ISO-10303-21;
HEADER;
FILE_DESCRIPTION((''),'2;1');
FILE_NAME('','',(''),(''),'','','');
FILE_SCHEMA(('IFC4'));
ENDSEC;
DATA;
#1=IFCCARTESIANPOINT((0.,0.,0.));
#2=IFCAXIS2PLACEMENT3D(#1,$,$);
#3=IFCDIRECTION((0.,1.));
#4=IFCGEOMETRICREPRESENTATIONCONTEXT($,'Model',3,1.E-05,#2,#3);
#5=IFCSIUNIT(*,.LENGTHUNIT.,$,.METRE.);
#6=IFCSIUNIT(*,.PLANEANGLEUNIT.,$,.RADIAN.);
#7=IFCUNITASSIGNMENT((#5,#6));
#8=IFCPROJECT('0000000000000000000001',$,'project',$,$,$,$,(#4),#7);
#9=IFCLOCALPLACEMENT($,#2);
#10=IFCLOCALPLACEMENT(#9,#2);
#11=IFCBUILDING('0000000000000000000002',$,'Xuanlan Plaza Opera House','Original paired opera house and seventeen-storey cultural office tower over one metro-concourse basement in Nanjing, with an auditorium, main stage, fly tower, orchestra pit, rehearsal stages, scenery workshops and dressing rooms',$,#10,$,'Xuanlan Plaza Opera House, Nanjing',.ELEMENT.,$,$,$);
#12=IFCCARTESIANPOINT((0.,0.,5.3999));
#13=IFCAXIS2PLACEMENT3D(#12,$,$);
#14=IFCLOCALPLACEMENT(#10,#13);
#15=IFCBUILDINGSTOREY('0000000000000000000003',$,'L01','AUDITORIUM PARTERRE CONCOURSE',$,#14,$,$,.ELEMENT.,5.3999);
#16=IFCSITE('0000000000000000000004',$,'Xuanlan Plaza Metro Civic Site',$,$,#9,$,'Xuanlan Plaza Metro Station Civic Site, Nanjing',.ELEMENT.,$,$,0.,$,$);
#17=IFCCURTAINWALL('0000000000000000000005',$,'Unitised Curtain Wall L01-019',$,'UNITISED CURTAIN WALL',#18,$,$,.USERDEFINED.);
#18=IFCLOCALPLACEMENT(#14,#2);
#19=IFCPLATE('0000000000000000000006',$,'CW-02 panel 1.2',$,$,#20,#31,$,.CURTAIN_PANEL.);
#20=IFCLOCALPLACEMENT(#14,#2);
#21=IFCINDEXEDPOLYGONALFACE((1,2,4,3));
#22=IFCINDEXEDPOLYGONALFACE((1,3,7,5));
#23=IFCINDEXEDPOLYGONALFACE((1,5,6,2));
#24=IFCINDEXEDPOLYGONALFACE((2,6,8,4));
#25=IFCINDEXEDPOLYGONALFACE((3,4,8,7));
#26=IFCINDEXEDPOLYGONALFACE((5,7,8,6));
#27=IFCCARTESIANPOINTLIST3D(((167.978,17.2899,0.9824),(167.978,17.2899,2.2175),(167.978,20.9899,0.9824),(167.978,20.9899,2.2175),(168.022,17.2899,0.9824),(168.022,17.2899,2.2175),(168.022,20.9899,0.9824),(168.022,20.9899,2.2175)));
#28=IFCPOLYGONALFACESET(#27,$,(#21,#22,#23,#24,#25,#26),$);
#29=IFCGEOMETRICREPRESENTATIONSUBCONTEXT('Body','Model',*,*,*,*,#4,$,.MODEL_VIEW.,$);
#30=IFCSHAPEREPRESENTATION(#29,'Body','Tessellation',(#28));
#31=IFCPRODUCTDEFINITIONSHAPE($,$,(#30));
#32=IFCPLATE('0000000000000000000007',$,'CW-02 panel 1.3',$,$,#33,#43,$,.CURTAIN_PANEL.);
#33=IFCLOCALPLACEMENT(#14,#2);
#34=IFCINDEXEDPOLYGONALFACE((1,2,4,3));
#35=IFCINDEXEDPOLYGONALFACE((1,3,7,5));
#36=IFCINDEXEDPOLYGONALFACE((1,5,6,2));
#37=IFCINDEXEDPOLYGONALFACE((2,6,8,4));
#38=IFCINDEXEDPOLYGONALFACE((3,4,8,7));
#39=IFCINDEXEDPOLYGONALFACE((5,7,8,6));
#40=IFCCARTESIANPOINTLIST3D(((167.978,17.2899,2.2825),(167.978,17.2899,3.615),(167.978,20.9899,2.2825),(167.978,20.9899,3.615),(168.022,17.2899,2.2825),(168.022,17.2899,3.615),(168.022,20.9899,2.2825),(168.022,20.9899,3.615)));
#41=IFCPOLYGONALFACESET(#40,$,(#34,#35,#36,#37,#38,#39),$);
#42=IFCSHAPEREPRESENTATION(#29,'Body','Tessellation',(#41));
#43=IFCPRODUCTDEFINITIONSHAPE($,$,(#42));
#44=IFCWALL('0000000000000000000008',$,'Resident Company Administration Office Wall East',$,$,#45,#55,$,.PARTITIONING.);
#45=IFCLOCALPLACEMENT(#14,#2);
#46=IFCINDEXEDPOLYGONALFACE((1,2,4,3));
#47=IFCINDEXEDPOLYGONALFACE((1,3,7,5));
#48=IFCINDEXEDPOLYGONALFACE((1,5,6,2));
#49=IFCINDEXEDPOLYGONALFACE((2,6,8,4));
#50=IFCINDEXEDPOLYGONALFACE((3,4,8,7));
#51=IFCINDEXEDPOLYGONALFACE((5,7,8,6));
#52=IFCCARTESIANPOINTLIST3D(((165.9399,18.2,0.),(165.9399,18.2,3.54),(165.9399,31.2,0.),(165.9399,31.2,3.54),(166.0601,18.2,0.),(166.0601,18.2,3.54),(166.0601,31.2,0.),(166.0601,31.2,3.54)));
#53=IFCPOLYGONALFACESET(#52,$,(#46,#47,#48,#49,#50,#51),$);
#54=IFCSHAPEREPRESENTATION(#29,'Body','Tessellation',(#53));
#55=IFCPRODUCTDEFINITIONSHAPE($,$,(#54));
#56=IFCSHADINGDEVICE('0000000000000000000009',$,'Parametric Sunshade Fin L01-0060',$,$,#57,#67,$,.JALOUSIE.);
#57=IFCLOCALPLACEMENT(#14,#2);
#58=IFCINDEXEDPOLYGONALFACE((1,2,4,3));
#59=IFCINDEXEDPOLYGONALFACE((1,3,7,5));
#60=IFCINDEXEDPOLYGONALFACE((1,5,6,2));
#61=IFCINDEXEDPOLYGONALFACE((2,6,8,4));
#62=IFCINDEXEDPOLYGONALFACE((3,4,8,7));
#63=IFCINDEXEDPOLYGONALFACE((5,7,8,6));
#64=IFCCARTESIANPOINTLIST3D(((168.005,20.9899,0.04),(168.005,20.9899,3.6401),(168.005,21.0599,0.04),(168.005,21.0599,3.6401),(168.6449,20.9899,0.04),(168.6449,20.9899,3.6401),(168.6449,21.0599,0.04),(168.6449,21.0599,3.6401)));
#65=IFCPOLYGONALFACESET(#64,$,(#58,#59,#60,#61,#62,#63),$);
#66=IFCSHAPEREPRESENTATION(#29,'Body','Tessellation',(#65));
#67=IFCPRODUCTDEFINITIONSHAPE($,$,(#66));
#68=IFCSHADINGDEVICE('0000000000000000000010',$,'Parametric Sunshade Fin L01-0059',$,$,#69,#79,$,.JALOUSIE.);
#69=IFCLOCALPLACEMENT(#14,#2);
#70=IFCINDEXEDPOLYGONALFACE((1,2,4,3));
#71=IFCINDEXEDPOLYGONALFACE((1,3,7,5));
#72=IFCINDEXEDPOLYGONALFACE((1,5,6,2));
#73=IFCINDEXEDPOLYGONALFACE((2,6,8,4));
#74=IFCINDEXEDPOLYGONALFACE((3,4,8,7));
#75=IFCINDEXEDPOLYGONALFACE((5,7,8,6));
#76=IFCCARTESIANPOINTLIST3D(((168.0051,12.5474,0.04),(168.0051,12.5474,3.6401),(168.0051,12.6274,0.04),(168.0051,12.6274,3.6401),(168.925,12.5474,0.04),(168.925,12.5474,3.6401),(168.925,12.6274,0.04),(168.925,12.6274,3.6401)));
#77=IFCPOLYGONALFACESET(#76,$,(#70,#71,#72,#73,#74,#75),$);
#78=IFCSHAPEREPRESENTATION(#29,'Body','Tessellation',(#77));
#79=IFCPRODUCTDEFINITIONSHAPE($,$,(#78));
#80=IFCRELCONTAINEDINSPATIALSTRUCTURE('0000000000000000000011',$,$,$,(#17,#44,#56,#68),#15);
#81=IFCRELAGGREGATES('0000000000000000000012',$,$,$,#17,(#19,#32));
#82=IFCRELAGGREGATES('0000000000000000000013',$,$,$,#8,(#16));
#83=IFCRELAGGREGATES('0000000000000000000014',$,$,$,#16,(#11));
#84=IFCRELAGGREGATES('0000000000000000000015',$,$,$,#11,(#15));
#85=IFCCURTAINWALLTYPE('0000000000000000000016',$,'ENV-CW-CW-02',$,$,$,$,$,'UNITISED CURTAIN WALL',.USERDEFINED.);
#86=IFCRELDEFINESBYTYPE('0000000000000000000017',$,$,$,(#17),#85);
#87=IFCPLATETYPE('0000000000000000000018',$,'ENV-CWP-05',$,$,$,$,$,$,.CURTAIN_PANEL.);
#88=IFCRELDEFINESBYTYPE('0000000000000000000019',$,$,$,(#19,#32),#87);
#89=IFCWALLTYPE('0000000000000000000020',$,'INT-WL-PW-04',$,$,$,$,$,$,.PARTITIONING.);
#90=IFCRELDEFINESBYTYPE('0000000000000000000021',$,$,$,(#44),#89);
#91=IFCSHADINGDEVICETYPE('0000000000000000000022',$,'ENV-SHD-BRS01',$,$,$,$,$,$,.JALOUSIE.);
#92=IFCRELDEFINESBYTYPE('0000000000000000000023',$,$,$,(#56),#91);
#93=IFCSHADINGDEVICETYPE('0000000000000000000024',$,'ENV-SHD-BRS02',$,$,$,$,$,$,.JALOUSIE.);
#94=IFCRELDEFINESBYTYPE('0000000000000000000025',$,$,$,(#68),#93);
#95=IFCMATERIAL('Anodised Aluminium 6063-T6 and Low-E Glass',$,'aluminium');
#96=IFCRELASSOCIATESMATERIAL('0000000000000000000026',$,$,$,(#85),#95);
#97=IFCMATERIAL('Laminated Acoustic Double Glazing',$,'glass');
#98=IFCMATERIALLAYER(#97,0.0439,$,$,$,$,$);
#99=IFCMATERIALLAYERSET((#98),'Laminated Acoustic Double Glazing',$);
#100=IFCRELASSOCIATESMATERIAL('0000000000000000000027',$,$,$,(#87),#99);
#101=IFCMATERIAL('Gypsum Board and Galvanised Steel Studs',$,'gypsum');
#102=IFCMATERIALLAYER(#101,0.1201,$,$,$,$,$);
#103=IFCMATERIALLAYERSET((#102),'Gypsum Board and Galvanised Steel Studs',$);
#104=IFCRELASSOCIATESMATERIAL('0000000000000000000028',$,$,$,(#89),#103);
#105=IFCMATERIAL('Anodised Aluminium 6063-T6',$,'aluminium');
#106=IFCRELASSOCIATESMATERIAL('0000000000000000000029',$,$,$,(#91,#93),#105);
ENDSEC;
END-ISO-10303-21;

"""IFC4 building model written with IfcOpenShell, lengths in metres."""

from ifc_helpers import new_model, si_unit, direction, frame, frame_2d, origin, origin_2d, place, context, subcontext, project, spatial, rectangle, extrude, material, layer, layer_set, type_object, element, aggregate, save


model = new_model("IFC4")

# Units and contexts
model_context = context("Model", 3, precision=1e-05, world=origin(), true_north=direction((0.0, 1.0)))
body_context = subcontext(model_context, "Body", "Model", "MODEL_VIEW")
ifc_project = project(units=[si_unit("LENGTHUNIT", "METRE"), si_unit("PLANEANGLEUNIT", "RADIAN")], contexts=[model_context])

# Site, building, storey
site_placement = place(None, origin())
site = spatial("IfcSite", under=ifc_project, at=site_placement, Name="Xuanlan Plaza Metro Civic Site", LongName="Xuanlan Plaza Metro Station Civic Site, Nanjing", CompositionType="ELEMENT", RefElevation=0.0)
building_placement = place(site_placement, origin())
building = spatial("IfcBuilding", under=site, at=building_placement, Name="Xuanlan Plaza Opera House", Description="Original paired opera house and seventeen-storey cultural office tower over one metro-concourse basement in Nanjing, with an auditorium, main stage, fly tower, orchestra pit, rehearsal stages, scenery workshops and dressing rooms", LongName="Xuanlan Plaza Opera House, Nanjing", CompositionType="ELEMENT")
storey_placement = place(building_placement, frame((0.0, 0.0, 5.3999)))
storey = spatial("IfcBuildingStorey", under=building, at=storey_placement, Name="L01", Description="AUDITORIUM PARTERRE CONCOURSE", CompositionType="ELEMENT", Elevation=5.3999)

# Curtain wall
ifc_material_1 = material(Name="Anodised Aluminium 6063-T6 and Low-E Glass", Category="aluminium")
ifc_material_2 = material(Name="Anodised Aluminium 6063-T6", Category="aluminium")
curtain_wall_type_1 = type_object("IfcCurtainWallType", Name="ENV-CW-CW-02", ElementType="UNITISED CURTAIN WALL", PredefinedType="USERDEFINED", material=ifc_material_1)
curtain_wall_1_placement = place(storey_placement, origin())
curtain_wall_1 = element("IfcCurtainWall", 1, at=curtain_wall_1_placement, inside=storey, type_object=curtain_wall_type_1, Name="Unitised Curtain Wall L01-019", ObjectType="UNITISED CURTAIN WALL", PredefinedType="USERDEFINED")

# Plates
ifc_material_3 = material(Name="Laminated Acoustic Double Glazing", Category="glass")
ifc_layer_1 = layer(ifc_material_3, 0.0439)
ifc_layer_set_1 = layer_set([ifc_layer_1], Name="Laminated Acoustic Double Glazing")
plate_type_1 = type_object("IfcPlateType", Name="ENV-CWP-05", PredefinedType="CURTAIN_PANEL", material=ifc_layer_set_1)
plate_1_placement = place(storey_placement, frame((168.0, 19.1399, 0.9824), z_axis=(0.0, 0.0, 1.0), x_axis=(0.0, 1.0, 0.0)))
plate_1 = element("IfcPlate", 2, at=plate_1_placement, type_object=plate_type_1, Name="CW-02 panel 1.2", PredefinedType="CURTAIN_PANEL", context=body_context, shape_type="SweptSolid", body=[
    extrude(rectangle(XDim=3.7, YDim=0.0439, at=origin_2d()), origin(), (0.0, 0.0, 1.0), 1.2351),
])
plate_2_placement = place(storey_placement, frame((168.0, 19.1399, 2.2825), z_axis=(0.0, 0.0, 1.0), x_axis=(0.0, 1.0, 0.0)))
plate_2 = element("IfcPlate", 3, at=plate_2_placement, type_object=plate_type_1, Name="CW-02 panel 1.3", PredefinedType="CURTAIN_PANEL", context=body_context, shape_type="SweptSolid", body=[
    extrude(rectangle(XDim=3.7, YDim=0.0439, at=origin_2d()), origin(), (0.0, 0.0, 1.0), 1.3325),
])
aggregate(curtain_wall_1, [plate_1, plate_2])

# Wall
ifc_material_4 = material(Name="Gypsum Board and Galvanised Steel Studs", Category="gypsum")
ifc_layer_2 = layer(ifc_material_4, 0.1201)
ifc_layer_set_2 = layer_set([ifc_layer_2], Name="Gypsum Board and Galvanised Steel Studs")
wall_type = type_object("IfcWallType", Name="INT-WL-PW-04", PredefinedType="PARTITIONING", material=ifc_layer_set_2)
wall_placement = place(storey_placement, frame((166.0, 18.2, 0.0), z_axis=(0.0, 0.0, 1.0), x_axis=(0.0, 1.0, 0.0)))
element("IfcWall", 4, at=wall_placement, inside=storey, type_object=wall_type, Name="Resident Company Administration Office Wall East", PredefinedType="PARTITIONING", context=body_context, shape_type="SweptSolid", body=[
    extrude(rectangle(XDim=13.0, YDim=0.1201, at=frame_2d((6.5, 0.0))), origin(), (0.0, 0.0, 1.0), 3.54),
])

# Shading devices
shading_device_type_1 = type_object("IfcShadingDeviceType", Name="ENV-SHD-BRS01", PredefinedType="JALOUSIE", material=ifc_material_2)
shading_device_1_placement = place(storey_placement, frame((168.325, 21.0249, 0.04), z_axis=(0.0, 0.0, 1.0), x_axis=(1.0, 0.0, 0.0)))
element("IfcShadingDevice", 5, at=shading_device_1_placement, inside=storey, type_object=shading_device_type_1, Name="Parametric Sunshade Fin L01-0060", PredefinedType="JALOUSIE", context=body_context, shape_type="SweptSolid", body=[
    extrude(rectangle(XDim=0.6399, YDim=0.0701, at=origin_2d()), origin(), (0.0, 0.0, 1.0), 3.6001),
])
shading_device_type_2 = type_object("IfcShadingDeviceType", Name="ENV-SHD-BRS02", PredefinedType="JALOUSIE", material=ifc_material_2)
shading_device_2_placement = place(storey_placement, frame((168.4651, 12.5874, 0.04), z_axis=(0.0, 0.0, 1.0), x_axis=(1.0, 0.0, 0.0)))
element("IfcShadingDevice", 6, at=shading_device_2_placement, inside=storey, type_object=shading_device_type_2, Name="Parametric Sunshade Fin L01-0059", PredefinedType="JALOUSIE", context=body_context, shape_type="SweptSolid", body=[
    extrude(rectangle(XDim=0.9199, YDim=0.0801, at=origin_2d()), origin(), (0.0, 0.0, 1.0), 3.6001),
])

save(model, "model.ifc")
